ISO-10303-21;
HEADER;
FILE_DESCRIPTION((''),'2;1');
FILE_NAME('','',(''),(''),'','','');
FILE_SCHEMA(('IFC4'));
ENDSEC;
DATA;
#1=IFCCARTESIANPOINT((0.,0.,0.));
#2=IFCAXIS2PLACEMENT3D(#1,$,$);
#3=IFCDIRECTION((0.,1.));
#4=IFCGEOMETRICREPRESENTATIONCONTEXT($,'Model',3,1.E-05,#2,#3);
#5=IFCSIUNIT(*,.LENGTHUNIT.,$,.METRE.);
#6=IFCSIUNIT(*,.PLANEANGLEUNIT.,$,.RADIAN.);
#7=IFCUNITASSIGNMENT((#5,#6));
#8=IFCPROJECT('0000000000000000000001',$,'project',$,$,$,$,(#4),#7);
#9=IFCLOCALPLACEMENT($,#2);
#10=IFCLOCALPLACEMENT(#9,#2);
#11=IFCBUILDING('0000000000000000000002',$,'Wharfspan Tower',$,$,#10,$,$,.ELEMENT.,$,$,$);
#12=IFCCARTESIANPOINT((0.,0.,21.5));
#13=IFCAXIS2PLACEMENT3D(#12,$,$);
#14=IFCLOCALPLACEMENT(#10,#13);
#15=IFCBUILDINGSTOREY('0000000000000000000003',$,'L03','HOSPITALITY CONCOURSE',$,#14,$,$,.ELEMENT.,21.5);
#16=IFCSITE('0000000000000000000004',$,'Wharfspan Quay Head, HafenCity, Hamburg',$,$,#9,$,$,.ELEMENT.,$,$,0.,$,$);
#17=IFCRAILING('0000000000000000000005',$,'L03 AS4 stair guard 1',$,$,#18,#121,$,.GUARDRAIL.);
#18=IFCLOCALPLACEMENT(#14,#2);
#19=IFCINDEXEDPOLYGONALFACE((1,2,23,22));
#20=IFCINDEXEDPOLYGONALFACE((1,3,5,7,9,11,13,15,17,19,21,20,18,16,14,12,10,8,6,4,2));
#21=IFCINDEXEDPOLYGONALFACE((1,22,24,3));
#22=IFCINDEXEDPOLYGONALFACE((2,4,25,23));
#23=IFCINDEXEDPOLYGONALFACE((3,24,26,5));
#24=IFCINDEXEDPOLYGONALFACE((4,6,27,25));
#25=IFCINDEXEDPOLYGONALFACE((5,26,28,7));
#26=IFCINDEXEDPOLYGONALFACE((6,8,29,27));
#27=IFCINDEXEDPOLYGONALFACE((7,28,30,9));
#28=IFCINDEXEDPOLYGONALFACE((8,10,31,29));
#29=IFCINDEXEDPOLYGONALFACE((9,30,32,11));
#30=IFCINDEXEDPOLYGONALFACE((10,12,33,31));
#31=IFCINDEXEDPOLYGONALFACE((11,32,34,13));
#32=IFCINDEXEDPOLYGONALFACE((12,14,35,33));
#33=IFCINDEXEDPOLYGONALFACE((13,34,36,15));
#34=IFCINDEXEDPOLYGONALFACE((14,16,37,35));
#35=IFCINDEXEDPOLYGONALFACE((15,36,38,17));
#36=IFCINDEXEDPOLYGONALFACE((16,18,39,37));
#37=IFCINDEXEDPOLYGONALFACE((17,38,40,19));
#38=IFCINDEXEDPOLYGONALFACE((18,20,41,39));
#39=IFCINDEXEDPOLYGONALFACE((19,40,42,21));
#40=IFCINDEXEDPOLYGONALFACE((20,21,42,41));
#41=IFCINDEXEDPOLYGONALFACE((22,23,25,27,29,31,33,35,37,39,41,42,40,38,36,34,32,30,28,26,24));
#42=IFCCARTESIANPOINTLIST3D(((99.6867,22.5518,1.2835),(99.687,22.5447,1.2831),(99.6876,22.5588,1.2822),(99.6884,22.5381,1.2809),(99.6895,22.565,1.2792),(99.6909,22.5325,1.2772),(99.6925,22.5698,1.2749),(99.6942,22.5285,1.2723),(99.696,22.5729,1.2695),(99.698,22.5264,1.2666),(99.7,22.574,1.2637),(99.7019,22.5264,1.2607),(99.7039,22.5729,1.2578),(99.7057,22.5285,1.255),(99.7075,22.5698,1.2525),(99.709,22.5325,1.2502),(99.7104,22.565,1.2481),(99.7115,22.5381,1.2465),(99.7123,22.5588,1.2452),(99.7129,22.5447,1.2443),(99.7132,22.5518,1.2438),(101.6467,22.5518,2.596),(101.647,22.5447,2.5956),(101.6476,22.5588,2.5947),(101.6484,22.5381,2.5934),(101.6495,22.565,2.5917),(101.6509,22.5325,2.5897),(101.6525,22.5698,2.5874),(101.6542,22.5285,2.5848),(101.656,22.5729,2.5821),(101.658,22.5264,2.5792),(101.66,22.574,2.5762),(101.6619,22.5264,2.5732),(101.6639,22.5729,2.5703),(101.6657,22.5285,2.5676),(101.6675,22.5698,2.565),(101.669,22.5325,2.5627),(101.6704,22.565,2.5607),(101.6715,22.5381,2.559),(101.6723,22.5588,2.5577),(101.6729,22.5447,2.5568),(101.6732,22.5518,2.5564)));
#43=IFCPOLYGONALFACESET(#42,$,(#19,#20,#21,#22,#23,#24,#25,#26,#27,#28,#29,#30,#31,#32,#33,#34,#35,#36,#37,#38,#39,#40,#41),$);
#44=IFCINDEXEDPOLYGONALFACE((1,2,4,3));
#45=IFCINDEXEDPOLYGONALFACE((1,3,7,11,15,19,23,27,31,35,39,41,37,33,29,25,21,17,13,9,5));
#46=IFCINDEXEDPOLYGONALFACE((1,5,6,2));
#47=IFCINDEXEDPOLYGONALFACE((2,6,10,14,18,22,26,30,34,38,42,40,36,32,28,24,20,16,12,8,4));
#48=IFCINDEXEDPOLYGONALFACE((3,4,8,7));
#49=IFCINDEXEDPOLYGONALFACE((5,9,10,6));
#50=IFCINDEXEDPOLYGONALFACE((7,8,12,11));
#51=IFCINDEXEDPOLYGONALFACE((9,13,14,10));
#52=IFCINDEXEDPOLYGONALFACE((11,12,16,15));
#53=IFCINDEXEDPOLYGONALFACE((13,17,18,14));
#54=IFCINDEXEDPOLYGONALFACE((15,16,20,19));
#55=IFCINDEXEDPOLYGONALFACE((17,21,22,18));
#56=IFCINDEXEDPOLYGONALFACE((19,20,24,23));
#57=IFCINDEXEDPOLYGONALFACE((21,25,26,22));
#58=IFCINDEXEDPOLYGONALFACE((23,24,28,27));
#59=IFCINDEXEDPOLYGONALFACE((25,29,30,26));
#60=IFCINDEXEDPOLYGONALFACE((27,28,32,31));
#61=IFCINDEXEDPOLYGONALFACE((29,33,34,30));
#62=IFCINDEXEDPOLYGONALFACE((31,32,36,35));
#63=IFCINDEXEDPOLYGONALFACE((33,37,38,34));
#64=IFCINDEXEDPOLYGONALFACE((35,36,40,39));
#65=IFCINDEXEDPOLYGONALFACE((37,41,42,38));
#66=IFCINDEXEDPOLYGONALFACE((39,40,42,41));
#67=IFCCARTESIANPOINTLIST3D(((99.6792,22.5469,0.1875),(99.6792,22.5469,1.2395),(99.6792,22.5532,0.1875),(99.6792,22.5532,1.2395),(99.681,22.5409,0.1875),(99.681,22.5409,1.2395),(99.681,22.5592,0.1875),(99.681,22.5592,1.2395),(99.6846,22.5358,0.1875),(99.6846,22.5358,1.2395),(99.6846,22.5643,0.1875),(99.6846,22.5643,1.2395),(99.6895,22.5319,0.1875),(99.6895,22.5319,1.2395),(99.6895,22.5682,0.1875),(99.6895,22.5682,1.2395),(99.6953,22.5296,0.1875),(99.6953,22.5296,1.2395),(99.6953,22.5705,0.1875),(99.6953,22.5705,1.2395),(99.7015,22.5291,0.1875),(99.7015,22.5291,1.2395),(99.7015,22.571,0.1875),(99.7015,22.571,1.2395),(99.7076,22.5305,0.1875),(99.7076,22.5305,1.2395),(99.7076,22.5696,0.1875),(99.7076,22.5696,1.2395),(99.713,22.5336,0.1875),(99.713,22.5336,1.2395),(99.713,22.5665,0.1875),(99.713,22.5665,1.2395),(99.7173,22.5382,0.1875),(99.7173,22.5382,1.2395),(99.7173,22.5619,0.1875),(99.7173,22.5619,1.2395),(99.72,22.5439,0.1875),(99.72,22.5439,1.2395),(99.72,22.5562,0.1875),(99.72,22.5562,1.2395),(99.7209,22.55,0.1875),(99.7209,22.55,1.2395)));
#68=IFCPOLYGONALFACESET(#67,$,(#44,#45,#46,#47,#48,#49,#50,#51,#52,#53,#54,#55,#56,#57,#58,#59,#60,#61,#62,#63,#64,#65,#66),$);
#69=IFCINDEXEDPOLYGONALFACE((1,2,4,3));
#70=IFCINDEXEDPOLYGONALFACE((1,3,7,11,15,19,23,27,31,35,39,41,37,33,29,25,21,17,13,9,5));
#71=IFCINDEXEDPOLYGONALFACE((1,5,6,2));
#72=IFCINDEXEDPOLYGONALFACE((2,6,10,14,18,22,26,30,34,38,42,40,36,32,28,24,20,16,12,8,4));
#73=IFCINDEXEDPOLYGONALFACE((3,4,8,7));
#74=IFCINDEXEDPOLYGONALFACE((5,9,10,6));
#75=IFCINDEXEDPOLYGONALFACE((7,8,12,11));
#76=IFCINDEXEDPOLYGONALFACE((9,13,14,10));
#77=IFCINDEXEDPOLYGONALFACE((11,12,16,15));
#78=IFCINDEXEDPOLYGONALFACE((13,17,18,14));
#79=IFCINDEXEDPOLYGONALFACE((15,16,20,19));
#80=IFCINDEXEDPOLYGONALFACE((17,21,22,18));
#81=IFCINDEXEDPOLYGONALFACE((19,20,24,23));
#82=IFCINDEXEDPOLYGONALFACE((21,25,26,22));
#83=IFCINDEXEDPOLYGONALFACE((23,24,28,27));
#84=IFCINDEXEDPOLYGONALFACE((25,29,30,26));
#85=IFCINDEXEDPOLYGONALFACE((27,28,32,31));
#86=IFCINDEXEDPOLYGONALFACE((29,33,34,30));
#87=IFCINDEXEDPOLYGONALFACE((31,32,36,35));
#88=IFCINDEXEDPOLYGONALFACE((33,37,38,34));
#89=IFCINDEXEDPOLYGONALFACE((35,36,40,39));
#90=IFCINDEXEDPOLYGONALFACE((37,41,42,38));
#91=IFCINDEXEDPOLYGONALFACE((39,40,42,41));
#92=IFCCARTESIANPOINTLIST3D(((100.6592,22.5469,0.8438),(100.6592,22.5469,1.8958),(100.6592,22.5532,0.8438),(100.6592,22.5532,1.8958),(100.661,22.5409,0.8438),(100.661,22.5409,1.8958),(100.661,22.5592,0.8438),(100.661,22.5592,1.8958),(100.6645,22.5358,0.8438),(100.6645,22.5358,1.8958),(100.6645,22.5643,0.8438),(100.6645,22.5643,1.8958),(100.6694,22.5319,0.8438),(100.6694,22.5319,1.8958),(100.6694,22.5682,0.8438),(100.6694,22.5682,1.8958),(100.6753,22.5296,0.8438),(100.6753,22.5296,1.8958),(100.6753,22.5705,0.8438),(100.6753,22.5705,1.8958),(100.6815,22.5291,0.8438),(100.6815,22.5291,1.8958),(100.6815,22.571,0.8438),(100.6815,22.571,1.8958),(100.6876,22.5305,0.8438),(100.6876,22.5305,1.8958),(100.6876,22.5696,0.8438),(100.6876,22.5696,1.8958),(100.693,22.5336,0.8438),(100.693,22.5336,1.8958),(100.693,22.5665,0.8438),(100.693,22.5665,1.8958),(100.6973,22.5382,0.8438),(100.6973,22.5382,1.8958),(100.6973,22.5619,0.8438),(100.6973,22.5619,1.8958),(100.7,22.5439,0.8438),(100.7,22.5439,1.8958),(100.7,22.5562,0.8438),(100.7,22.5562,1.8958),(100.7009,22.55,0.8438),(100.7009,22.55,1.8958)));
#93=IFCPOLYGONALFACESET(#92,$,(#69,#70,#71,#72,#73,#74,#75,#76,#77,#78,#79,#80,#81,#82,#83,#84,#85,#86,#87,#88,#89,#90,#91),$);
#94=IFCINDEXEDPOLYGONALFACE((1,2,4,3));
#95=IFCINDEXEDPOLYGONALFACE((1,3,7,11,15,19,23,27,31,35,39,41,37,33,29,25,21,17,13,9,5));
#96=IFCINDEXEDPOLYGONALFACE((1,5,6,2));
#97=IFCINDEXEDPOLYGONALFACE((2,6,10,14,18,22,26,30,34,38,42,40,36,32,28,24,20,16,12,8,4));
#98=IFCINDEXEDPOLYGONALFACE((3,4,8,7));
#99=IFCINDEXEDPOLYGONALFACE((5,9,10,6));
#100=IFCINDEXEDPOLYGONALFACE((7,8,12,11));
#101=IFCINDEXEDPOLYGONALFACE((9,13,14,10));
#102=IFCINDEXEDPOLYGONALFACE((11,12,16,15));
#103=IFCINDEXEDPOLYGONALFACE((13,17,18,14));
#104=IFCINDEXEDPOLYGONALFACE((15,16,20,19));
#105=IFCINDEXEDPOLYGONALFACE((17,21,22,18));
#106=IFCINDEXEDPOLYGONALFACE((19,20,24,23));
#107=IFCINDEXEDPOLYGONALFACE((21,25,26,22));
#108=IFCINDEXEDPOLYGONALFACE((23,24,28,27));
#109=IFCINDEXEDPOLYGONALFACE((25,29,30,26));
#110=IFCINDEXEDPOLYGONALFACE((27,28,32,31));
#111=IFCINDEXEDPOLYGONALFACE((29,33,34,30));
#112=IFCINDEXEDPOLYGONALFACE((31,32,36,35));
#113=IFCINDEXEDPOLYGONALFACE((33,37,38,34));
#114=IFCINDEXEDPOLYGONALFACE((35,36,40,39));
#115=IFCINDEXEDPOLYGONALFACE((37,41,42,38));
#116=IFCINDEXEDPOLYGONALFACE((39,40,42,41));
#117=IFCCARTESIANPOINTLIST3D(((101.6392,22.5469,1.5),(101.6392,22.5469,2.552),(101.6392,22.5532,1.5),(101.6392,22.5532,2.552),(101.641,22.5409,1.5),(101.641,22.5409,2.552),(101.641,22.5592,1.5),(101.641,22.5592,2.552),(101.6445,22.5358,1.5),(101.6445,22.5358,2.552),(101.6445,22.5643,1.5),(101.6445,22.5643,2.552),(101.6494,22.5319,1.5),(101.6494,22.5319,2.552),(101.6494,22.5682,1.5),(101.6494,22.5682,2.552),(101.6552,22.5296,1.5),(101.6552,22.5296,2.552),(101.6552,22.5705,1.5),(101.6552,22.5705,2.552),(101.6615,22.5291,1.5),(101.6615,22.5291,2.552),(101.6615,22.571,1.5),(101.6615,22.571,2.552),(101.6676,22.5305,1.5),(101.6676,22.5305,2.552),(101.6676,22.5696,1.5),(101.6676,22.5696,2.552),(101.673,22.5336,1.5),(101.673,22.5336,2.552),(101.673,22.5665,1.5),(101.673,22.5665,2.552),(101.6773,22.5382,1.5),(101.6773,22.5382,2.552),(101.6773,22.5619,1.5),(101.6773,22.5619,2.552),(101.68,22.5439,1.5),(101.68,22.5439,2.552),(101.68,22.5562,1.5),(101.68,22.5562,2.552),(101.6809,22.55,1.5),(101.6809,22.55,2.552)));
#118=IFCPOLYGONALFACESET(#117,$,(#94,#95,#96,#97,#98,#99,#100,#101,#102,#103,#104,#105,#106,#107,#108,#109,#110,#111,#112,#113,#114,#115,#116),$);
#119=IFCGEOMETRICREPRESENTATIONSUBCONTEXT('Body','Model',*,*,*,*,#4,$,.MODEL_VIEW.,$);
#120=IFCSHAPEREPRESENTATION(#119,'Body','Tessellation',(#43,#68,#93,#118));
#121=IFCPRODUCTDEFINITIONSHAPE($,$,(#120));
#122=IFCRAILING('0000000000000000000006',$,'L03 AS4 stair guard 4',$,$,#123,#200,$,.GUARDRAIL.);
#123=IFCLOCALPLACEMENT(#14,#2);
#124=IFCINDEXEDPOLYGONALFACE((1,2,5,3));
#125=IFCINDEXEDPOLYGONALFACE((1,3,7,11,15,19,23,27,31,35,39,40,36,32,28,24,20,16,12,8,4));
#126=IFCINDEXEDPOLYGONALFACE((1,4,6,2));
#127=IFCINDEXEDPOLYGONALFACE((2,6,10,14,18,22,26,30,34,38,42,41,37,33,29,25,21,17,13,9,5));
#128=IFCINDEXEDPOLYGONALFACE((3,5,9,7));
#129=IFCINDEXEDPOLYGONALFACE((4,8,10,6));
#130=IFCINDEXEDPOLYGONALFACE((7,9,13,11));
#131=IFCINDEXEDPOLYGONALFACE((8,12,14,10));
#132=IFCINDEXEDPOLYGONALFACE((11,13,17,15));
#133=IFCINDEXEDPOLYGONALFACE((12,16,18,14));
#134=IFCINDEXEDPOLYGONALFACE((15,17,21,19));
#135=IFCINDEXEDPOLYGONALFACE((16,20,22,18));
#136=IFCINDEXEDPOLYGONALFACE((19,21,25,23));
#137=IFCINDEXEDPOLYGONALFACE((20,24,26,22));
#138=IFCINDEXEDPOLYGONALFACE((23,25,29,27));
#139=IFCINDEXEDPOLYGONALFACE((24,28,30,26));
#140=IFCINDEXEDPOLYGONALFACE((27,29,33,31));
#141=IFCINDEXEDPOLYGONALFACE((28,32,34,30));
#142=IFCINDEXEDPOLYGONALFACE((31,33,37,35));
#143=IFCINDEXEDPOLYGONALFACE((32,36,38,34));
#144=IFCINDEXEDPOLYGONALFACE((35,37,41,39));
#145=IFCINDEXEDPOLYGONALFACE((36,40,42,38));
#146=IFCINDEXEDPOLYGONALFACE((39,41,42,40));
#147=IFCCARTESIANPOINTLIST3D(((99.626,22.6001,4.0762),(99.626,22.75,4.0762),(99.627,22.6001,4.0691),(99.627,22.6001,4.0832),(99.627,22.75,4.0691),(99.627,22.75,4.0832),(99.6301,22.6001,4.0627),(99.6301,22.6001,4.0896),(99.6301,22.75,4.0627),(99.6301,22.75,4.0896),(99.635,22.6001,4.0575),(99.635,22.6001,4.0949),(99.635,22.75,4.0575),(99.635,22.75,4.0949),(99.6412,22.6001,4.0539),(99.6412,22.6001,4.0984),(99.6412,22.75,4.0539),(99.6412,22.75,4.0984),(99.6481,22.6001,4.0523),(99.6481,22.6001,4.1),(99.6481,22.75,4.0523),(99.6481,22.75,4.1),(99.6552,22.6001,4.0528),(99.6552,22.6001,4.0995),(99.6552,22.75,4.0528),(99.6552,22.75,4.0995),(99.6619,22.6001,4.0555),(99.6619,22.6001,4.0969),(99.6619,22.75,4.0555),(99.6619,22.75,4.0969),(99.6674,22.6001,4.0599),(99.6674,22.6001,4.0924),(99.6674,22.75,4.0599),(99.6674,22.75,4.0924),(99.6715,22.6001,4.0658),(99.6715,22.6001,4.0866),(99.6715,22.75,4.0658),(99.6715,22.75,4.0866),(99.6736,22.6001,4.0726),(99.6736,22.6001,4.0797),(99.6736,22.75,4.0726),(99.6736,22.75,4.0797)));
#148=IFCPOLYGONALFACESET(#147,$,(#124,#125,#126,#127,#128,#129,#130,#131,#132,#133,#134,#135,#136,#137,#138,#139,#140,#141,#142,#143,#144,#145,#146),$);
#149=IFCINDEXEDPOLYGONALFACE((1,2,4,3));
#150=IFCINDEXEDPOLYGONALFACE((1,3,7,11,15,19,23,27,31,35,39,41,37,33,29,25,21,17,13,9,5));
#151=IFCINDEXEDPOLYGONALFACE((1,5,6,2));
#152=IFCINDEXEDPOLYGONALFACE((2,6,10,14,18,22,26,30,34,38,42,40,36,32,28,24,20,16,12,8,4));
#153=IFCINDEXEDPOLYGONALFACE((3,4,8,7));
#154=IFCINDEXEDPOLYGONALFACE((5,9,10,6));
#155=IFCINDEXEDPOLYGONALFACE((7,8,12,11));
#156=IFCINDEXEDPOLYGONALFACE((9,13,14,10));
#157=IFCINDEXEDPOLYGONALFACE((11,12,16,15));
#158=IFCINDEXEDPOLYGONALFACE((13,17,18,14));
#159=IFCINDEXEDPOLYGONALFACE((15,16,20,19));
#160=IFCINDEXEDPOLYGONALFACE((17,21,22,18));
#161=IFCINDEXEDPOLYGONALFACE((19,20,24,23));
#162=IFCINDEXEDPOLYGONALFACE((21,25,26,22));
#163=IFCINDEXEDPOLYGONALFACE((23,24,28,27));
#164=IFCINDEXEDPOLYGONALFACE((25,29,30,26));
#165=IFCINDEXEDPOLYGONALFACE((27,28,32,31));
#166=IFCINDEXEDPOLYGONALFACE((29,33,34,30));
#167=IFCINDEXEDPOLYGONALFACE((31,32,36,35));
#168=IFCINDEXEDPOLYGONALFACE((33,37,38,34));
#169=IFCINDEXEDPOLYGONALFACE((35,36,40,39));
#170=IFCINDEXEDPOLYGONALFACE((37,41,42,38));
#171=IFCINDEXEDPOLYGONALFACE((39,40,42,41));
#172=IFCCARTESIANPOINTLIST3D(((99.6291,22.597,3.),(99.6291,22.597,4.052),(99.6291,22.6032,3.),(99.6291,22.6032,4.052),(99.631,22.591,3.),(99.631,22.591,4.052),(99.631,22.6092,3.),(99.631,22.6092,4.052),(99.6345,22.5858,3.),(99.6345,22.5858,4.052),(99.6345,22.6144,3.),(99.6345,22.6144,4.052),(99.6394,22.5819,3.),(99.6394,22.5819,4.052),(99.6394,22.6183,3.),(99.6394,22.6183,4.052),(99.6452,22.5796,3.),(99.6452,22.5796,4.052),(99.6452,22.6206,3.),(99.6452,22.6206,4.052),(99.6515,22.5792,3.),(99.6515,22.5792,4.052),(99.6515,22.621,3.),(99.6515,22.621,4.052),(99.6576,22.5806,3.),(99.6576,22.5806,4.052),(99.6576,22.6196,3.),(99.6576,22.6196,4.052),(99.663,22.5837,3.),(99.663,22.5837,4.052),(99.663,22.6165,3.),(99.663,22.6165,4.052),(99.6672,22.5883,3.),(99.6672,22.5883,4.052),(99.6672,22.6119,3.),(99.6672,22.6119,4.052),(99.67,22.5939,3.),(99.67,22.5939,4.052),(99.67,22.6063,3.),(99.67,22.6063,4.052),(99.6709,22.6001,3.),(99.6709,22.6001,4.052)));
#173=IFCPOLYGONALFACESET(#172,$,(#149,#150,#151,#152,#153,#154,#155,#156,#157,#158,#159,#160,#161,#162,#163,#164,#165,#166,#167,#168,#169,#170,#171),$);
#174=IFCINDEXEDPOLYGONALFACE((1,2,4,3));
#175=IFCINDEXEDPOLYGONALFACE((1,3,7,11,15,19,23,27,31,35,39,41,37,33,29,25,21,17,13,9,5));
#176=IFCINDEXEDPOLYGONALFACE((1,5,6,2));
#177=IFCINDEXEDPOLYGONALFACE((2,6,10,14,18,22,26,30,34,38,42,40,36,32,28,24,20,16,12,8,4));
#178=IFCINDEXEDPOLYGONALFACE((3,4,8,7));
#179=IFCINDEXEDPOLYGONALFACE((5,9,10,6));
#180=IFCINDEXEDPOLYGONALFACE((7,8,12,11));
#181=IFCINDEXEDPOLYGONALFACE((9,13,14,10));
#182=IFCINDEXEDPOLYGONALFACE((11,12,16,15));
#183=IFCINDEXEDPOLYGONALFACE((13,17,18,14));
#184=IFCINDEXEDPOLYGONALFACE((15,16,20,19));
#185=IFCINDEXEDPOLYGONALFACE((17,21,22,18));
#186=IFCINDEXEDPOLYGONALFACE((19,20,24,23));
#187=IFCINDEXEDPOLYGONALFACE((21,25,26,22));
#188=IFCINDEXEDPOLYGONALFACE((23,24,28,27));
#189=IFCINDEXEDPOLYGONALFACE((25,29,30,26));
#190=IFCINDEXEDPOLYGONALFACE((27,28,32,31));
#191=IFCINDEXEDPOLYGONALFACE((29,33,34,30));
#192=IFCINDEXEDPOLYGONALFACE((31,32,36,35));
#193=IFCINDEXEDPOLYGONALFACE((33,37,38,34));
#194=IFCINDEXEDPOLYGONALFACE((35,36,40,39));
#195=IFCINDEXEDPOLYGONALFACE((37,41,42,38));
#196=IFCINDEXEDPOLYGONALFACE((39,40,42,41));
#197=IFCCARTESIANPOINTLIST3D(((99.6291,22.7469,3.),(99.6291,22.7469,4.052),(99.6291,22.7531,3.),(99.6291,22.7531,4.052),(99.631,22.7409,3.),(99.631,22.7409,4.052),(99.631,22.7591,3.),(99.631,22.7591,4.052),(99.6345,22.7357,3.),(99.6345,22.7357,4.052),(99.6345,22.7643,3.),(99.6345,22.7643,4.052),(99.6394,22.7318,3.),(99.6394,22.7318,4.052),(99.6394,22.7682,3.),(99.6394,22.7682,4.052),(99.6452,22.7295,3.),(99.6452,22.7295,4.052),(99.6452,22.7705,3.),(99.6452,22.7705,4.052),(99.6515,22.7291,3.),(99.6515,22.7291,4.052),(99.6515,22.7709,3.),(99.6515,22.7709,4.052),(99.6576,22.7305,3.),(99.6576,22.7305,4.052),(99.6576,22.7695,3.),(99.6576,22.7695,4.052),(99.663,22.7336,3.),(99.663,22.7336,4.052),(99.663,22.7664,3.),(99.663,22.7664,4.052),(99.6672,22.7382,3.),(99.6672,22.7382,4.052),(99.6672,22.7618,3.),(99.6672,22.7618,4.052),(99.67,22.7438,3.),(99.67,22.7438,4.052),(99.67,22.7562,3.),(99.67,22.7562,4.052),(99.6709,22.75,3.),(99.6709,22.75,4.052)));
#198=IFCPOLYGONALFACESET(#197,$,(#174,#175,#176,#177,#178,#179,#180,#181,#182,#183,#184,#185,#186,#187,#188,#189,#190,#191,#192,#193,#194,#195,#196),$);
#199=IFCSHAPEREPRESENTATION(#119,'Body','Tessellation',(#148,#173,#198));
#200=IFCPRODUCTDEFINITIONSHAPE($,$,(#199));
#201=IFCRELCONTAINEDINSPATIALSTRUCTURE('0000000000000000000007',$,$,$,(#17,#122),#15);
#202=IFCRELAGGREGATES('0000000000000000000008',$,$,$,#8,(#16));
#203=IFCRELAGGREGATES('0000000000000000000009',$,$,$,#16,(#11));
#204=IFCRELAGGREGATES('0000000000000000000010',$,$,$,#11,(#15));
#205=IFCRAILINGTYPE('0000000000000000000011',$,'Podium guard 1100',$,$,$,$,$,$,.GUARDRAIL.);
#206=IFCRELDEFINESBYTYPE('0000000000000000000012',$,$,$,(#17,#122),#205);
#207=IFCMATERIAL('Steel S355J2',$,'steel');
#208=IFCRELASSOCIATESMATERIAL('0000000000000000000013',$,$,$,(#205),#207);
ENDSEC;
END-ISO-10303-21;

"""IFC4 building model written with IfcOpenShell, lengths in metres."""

from ifc_helpers import new_model, si_unit, direction, frame, origin, origin_2d, place, context, subcontext, project, spatial, circle, extrude, material, type_object, element, save


model = new_model("IFC4")

# Units and contexts
model_context = context("Model", 3, precision=1e-05, world=origin(), true_north=direction((0.0, 1.0)))
body_context = subcontext(model_context, "Body", "Model", "MODEL_VIEW")
ifc_project = project(units=[si_unit("LENGTHUNIT", "METRE"), si_unit("PLANEANGLEUNIT", "RADIAN")], contexts=[model_context])

# Site, building, storey
site_placement = place(None, origin())
site = spatial("IfcSite", under=ifc_project, at=site_placement, Name="Wharfspan Quay Head, HafenCity, Hamburg", CompositionType="ELEMENT", RefElevation=0.0)
building_placement = place(site_placement, origin())
building = spatial("IfcBuilding", under=site, at=building_placement, Name="Wharfspan Tower", CompositionType="ELEMENT")
storey_placement = place(building_placement, frame((0.0, 0.0, 21.5)))
storey = spatial("IfcBuildingStorey", under=building, at=storey_placement, Name="L03", Description="HOSPITALITY CONCOURSE", CompositionType="ELEMENT", Elevation=21.5)

# Railings
ifc_material_1 = material(Name="Steel S355J2", Category="steel")
railing_type_1 = type_object("IfcRailingType", Name="Podium guard 1100", PredefinedType="GUARDRAIL", material=ifc_material_1)
railing_1_placement = place(storey_placement, frame((99.7, 22.55, 0.1875)))
element("IfcRailing", 1, at=railing_1_placement, inside=storey, type_object=railing_type_1, Name="L03 AS4 stair guard 1", PredefinedType="GUARDRAIL", context=body_context, shape_type="SweptSolid", body=[
    extrude(circle(Radius=0.0239, at=origin_2d()), frame((0.0, 0.0, 1.0762), z_axis=(0.830902, 0.0, 0.556419), x_axis=(0.0, 1.0, 0.0)), (0.0, 0.0, 1.0), 2.3589),
    extrude(circle(Radius=0.021, at=origin_2d()), origin(), (0.0, 0.0, 1.0), 1.052),
    extrude(circle(Radius=0.021, at=origin_2d()), frame((0.98, 0.0, 0.6562)), (0.0, 0.0, 1.0), 1.052),
    extrude(circle(Radius=0.021, at=origin_2d()), frame((1.96, 0.0, 1.3125)), (0.0, 0.0, 1.0), 1.052),
])
railing_2_placement = place(storey_placement, frame((99.6499, 22.6001, 3.0)))
element("IfcRailing", 2, at=railing_2_placement, inside=storey, type_object=railing_type_1, Name="L03 AS4 stair guard 4", PredefinedType="GUARDRAIL", context=body_context, shape_type="SweptSolid", body=[
    extrude(circle(Radius=0.0239, at=origin_2d()), frame((0.0, 0.0, 1.0762), z_axis=(0.0, 1.0, 0.0), x_axis=(-1.0, 0.0, 0.0)), (0.0, 0.0, 1.0), 0.1499),
    extrude(circle(Radius=0.021, at=origin_2d()), origin(), (0.0, 0.0, 1.0), 1.052),
    extrude(circle(Radius=0.021, at=origin_2d()), frame((0.0, 0.1499, 0.0)), (0.0, 0.0, 1.0), 1.052),
])

save(model, "model.ifc")
